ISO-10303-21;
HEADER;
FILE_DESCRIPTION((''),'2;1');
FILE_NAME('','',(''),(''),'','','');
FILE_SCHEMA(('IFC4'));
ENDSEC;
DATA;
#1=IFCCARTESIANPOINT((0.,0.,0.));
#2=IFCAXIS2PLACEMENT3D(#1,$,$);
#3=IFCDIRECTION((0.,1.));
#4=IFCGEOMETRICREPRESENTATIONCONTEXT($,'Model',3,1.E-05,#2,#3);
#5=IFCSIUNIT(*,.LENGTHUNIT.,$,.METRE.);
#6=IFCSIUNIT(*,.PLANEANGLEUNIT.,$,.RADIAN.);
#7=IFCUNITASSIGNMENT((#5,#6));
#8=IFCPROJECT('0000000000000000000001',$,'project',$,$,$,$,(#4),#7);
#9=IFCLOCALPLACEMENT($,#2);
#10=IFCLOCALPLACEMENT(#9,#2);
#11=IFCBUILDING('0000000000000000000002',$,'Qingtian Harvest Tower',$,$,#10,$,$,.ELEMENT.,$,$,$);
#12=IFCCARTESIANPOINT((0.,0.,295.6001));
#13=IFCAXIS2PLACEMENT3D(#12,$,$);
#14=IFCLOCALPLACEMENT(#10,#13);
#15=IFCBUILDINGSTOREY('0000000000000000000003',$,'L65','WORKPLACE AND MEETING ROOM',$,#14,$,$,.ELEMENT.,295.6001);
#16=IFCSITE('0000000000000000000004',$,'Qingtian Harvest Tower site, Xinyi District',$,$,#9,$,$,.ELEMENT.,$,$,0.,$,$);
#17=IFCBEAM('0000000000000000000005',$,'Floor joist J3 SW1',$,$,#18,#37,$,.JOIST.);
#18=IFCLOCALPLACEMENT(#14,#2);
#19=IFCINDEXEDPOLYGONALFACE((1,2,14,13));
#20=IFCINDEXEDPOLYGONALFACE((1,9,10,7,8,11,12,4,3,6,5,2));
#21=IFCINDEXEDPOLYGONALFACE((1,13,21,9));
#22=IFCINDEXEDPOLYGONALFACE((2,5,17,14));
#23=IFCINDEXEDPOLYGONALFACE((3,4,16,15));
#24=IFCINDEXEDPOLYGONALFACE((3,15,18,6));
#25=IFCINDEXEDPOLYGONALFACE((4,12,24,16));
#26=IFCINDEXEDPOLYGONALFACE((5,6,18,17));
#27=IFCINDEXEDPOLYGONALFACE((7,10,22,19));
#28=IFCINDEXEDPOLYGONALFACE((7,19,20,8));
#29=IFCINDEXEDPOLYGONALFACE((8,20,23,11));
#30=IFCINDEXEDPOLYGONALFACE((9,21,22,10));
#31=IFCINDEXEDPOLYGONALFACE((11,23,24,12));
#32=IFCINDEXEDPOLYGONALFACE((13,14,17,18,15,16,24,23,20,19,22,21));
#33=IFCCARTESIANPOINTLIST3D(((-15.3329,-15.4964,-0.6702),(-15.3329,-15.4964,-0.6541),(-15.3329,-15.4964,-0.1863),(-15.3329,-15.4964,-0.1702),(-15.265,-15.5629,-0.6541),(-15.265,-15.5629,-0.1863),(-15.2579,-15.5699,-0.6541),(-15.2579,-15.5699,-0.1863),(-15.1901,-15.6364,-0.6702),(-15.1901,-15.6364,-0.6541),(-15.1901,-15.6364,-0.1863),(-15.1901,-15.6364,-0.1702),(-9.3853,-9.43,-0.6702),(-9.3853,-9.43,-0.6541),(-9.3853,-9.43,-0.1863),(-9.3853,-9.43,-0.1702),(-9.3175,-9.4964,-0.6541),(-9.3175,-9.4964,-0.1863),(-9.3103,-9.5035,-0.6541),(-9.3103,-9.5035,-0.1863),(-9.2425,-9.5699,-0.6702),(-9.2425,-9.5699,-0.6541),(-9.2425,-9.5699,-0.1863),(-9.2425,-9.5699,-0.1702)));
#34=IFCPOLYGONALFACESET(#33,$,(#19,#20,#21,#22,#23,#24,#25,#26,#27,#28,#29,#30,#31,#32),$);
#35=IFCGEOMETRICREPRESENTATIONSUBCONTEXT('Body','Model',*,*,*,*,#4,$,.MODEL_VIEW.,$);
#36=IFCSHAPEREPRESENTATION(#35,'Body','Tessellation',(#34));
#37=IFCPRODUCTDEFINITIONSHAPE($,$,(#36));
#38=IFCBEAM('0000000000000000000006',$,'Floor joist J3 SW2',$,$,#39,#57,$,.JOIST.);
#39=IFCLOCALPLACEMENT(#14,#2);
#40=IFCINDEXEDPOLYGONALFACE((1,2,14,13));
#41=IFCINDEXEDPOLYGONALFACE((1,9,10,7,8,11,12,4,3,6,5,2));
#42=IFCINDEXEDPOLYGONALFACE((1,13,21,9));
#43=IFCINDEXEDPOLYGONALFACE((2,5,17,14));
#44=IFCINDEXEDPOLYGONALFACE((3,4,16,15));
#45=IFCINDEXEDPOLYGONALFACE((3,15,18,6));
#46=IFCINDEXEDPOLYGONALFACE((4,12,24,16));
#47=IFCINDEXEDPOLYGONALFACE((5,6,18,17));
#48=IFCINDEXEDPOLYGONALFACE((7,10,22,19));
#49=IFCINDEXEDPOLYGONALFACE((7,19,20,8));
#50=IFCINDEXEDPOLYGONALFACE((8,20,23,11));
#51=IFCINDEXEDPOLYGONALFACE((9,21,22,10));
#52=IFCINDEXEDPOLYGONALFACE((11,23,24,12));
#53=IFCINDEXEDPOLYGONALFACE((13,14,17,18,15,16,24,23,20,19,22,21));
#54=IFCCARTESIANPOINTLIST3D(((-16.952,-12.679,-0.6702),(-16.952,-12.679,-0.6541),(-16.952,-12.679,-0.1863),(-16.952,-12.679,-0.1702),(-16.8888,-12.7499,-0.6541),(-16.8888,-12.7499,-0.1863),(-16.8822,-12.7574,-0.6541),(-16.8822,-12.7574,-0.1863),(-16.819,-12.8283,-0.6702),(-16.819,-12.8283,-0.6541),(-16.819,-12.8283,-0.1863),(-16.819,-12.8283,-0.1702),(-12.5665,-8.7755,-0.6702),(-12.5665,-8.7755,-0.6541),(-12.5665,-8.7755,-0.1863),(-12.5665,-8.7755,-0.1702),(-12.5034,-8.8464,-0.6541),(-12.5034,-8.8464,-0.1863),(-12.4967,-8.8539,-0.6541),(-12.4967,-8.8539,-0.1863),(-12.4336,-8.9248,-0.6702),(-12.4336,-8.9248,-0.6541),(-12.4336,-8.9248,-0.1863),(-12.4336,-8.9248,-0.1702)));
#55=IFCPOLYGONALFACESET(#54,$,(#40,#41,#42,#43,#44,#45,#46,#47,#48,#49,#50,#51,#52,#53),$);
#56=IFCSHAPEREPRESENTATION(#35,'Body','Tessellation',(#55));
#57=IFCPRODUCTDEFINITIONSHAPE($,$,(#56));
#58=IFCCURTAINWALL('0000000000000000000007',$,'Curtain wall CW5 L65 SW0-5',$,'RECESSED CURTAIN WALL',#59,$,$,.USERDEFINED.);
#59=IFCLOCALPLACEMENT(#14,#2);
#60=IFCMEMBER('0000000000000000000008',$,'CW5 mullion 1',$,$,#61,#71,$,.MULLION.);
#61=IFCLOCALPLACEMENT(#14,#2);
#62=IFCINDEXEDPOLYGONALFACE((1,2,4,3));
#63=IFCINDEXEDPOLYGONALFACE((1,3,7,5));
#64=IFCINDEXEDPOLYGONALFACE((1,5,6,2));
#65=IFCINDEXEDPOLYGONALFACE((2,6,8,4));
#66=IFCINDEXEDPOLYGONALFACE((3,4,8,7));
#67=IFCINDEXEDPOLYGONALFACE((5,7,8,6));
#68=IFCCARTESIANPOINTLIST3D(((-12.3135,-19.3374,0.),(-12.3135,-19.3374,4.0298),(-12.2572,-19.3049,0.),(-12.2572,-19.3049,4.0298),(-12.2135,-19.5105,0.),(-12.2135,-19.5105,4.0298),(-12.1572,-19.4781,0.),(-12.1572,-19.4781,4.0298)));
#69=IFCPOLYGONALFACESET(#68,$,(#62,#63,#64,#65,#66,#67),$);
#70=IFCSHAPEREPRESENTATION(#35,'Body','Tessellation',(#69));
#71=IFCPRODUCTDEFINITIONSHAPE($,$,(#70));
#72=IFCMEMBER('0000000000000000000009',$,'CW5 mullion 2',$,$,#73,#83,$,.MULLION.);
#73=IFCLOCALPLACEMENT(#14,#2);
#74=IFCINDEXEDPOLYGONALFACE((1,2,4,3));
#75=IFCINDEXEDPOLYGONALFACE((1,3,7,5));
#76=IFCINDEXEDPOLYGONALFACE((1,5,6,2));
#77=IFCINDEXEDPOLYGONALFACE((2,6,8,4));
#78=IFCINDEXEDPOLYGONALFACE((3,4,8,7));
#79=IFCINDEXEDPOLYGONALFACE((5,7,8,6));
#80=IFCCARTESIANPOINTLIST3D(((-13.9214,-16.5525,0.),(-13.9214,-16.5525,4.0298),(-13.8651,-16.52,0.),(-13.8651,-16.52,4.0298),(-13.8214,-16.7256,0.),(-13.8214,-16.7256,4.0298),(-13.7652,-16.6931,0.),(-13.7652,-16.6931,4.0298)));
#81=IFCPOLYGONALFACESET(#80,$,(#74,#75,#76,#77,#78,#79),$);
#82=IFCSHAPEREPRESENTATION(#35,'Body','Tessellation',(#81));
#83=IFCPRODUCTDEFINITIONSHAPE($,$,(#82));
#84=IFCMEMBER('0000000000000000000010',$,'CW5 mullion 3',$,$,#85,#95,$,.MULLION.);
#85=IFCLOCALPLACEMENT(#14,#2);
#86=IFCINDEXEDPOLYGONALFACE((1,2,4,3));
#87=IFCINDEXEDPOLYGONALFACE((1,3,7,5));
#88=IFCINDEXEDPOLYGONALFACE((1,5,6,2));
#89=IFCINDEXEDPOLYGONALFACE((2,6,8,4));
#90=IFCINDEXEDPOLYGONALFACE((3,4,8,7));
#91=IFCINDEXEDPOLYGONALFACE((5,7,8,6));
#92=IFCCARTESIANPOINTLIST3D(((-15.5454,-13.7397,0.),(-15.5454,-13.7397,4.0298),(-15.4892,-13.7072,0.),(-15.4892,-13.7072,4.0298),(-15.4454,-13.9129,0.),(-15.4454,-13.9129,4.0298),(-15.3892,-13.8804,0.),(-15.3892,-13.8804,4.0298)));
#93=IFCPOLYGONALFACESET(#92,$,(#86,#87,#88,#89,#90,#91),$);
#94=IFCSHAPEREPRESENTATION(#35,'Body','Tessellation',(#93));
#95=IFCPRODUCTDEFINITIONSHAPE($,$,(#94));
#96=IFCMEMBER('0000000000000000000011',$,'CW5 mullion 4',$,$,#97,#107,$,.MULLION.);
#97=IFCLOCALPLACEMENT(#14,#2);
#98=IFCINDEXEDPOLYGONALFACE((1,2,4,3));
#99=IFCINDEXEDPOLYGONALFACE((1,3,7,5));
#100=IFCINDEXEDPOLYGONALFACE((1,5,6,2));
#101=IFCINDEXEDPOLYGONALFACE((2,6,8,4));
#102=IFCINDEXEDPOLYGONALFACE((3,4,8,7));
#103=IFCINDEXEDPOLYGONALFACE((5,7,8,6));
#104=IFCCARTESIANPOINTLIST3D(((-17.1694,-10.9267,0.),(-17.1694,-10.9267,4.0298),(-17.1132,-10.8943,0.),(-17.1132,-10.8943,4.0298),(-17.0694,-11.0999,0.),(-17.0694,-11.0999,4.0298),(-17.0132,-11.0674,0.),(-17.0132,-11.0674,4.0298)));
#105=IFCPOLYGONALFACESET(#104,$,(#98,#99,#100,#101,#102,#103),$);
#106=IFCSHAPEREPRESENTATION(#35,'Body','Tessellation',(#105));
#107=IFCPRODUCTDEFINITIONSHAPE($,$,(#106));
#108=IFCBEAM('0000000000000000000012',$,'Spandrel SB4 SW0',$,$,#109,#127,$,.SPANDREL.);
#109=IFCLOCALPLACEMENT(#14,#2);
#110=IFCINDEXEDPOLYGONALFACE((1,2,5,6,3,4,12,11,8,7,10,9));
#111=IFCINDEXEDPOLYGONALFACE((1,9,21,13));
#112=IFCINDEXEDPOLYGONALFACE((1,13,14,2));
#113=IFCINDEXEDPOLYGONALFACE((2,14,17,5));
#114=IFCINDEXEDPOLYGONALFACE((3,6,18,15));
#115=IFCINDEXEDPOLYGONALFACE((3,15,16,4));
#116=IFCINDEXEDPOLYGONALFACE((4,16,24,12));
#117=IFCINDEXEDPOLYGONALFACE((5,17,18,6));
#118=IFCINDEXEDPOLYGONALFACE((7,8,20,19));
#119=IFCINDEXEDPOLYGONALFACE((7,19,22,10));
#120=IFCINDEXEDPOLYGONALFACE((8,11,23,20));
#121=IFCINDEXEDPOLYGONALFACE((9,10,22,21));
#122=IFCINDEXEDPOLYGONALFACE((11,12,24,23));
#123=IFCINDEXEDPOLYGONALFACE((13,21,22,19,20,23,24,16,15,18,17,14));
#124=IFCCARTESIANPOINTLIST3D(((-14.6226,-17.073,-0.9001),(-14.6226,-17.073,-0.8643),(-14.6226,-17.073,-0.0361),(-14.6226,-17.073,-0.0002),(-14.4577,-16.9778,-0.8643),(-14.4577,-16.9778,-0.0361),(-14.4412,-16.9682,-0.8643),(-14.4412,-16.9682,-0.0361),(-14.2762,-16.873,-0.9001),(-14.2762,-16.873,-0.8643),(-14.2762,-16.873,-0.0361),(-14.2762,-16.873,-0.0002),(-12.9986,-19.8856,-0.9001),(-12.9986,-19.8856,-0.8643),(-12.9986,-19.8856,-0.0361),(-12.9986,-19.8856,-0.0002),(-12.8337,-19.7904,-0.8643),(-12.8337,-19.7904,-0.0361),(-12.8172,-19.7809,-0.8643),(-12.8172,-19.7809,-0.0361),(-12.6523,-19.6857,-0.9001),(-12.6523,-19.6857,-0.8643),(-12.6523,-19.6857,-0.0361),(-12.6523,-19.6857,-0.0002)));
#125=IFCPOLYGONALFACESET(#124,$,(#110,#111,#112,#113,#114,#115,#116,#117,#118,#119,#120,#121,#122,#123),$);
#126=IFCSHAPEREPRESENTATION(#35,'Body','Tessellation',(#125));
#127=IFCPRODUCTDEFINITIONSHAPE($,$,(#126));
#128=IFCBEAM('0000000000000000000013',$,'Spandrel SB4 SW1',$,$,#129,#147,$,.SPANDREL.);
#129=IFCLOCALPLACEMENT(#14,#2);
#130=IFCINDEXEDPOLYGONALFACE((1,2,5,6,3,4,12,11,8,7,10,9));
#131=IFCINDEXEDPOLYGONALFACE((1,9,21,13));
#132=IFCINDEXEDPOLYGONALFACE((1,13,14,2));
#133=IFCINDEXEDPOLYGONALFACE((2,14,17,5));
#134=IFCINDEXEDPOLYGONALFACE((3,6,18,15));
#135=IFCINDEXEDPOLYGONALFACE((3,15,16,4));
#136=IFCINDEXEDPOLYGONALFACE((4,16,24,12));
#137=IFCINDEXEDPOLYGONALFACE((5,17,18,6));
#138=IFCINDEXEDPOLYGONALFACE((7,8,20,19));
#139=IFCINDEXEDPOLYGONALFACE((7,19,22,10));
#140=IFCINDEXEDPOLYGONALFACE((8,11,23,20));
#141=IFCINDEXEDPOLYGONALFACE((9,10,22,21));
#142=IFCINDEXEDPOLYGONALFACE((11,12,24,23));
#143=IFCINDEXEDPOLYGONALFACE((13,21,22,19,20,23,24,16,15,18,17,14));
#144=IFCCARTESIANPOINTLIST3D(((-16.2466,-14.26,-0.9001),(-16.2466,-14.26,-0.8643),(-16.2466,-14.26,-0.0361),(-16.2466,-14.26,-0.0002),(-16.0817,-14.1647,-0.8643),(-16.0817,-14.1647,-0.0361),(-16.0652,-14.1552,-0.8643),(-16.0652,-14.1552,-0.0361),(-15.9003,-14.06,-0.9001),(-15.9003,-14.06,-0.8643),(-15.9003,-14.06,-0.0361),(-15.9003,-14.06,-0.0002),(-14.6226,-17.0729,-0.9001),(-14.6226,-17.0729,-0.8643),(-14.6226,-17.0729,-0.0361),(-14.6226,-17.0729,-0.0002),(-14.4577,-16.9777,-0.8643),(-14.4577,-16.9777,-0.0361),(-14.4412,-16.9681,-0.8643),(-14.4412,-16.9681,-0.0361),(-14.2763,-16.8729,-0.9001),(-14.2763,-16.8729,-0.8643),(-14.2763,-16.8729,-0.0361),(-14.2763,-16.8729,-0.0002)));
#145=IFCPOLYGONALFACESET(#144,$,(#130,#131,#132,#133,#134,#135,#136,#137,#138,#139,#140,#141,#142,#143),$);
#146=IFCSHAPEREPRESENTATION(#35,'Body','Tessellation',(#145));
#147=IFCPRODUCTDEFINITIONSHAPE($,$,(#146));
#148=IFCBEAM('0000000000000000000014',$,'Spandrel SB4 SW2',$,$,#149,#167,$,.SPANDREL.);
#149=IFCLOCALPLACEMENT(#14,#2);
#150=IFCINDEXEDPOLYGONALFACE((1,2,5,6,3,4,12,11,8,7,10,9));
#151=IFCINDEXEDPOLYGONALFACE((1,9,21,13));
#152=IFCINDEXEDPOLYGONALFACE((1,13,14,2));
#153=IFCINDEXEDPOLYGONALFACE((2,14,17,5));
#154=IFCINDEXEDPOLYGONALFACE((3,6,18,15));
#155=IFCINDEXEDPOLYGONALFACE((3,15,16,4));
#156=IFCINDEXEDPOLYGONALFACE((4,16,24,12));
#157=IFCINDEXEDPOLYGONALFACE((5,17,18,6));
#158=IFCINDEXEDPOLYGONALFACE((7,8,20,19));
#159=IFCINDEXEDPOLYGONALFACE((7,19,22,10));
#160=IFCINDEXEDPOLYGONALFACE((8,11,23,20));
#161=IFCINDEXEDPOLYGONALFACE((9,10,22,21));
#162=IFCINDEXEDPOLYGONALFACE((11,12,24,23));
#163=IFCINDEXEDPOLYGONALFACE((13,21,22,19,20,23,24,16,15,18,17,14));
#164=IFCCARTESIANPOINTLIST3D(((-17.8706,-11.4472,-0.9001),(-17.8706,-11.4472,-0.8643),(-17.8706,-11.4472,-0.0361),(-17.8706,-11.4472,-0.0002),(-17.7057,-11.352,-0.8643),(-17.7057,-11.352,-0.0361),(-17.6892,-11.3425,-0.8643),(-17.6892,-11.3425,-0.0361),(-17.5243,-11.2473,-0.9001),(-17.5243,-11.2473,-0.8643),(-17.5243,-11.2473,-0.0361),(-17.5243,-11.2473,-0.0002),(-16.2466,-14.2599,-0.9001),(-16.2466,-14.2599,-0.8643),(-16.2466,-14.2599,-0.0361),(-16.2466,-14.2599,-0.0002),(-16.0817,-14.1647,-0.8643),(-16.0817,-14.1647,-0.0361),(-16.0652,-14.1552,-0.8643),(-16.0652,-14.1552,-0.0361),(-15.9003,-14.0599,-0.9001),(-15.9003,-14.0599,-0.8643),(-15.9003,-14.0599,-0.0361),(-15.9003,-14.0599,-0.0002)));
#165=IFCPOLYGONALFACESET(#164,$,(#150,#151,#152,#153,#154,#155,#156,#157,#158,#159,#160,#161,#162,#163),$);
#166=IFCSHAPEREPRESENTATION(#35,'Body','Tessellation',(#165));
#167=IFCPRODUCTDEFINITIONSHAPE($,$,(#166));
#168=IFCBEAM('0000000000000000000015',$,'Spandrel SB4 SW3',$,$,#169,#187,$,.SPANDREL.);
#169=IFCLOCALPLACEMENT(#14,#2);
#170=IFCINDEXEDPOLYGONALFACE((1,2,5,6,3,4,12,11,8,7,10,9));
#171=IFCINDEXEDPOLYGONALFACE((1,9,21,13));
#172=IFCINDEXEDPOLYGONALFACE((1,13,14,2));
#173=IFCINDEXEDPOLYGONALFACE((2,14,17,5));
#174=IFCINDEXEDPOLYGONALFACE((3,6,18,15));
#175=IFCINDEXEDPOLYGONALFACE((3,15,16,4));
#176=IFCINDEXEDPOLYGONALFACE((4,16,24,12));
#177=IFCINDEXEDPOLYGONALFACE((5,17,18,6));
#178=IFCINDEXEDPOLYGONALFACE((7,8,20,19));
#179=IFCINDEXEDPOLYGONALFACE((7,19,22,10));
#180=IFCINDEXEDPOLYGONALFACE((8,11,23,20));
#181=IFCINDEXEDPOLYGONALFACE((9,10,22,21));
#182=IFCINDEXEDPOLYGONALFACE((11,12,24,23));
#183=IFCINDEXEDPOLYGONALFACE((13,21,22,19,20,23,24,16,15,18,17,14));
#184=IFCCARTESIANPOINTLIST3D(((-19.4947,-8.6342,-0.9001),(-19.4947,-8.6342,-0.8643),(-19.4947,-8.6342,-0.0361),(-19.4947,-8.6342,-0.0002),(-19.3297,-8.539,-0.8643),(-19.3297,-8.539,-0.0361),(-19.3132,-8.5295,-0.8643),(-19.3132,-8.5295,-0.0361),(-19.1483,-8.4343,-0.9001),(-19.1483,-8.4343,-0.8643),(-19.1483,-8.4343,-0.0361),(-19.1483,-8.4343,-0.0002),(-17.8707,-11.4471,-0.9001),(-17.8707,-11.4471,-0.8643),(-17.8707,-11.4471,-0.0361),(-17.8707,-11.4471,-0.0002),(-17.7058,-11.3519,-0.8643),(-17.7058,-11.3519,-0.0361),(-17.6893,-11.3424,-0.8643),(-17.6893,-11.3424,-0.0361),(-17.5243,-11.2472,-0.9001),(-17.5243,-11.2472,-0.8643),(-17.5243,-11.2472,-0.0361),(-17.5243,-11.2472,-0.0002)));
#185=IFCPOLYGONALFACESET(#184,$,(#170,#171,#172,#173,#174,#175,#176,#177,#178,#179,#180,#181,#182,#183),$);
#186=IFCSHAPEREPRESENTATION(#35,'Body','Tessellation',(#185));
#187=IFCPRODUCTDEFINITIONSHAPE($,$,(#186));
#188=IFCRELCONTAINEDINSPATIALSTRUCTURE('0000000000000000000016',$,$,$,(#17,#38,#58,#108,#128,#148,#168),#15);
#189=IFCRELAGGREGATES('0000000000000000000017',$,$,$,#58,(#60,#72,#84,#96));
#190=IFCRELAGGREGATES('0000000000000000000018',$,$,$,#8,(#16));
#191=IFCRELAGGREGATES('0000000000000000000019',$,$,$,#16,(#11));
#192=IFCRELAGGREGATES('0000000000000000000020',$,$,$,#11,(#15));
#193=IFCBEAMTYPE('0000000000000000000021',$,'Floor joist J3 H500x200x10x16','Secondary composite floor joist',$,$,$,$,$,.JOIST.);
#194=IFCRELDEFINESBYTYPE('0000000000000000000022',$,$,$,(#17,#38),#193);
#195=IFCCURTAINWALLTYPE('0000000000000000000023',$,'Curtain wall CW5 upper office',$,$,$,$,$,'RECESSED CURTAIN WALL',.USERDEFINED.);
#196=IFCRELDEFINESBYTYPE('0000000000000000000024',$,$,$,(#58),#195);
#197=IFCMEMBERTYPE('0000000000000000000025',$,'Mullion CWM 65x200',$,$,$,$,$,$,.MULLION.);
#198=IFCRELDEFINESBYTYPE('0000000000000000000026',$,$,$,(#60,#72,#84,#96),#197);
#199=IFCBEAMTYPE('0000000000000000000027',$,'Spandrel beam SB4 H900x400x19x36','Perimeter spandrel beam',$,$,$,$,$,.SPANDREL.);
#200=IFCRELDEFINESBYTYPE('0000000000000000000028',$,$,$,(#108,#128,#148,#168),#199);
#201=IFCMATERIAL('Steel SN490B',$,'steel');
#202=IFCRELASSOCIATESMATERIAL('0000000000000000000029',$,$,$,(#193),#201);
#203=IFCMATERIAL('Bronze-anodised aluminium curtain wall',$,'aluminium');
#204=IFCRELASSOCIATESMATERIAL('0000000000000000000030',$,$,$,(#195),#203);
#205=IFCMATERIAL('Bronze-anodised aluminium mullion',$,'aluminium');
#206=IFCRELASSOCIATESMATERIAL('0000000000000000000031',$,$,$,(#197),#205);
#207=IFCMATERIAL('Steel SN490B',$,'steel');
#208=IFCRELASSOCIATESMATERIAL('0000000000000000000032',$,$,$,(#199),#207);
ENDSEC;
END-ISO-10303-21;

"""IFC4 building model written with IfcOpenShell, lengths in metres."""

from ifc_helpers import new_model, si_unit, direction, frame, origin, origin_2d, place, context, subcontext, project, spatial, rectangle, i_section, extrude, material, material_profile, profile_set, type_object, element, aggregate, save


model = new_model("IFC4")

# Units and contexts
model_context = context("Model", 3, precision=1e-05, world=origin(), true_north=direction((0.0, 1.0)))
body_context = subcontext(model_context, "Body", "Model", "MODEL_VIEW")
ifc_project = project(units=[si_unit("LENGTHUNIT", "METRE"), si_unit("PLANEANGLEUNIT", "RADIAN")], contexts=[model_context])

# Site, building, storey
site_placement = place(None, origin())
site = spatial("IfcSite", under=ifc_project, at=site_placement, Name="Qingtian Harvest Tower site, Xinyi District", CompositionType="ELEMENT", RefElevation=0.0)
building_placement = place(site_placement, origin())
building = spatial("IfcBuilding", under=site, at=building_placement, Name="Qingtian Harvest Tower", CompositionType="ELEMENT")
storey_placement = place(building_placement, frame((0.0, 0.0, 295.6001)))
storey = spatial("IfcBuildingStorey", under=building, at=storey_placement, Name="L65", Description="WORKPLACE AND MEETING ROOM", CompositionType="ELEMENT", Elevation=295.6001)

# Beams
ifc_material_1 = material(Name="Steel SN490B", Category="steel")
ifc_material_profile_1 = material_profile(ifc_material_1, i_section(OverallWidth=0.2, OverallDepth=0.5, WebThickness=0.01, FlangeThickness=0.0161, at=origin_2d()), Name="H500x200x10x16")
ifc_profile_set_1 = profile_set([ifc_material_profile_1], Name="Steel SN490B")
beam_type_1 = type_object("IfcBeamType", Name="Floor joist J3 H500x200x10x16", Description="Secondary composite floor joist", PredefinedType="JOIST", material=ifc_profile_set_1)
beam_1_placement = place(storey_placement, frame((-15.2615, -15.5664, -0.4202), z_axis=(0.700075, 0.71407, 0.0), x_axis=(-0.71407, 0.700075, 0.0)))
element("IfcBeam", 1, at=beam_1_placement, inside=storey, type_object=beam_type_1, Name="Floor joist J3 SW1", PredefinedType="JOIST", context=body_context, shape_type="SweptSolid", body=[
    extrude(i_section(OverallWidth=0.2, OverallDepth=0.5, WebThickness=0.01, FlangeThickness=0.0161, at=origin_2d()), origin(), (0.0, 0.0, 1.0), 8.4956),
])
beam_2_placement = place(storey_placement, frame((-16.8855, -12.7537, -0.4202), z_axis=(0.746957, 0.664872, 0.0), x_axis=(-0.664872, 0.746957, 0.0)))
element("IfcBeam", 2, at=beam_2_placement, inside=storey, type_object=beam_type_1, Name="Floor joist J3 SW2", PredefinedType="JOIST", context=body_context, shape_type="SweptSolid", body=[
    extrude(i_section(OverallWidth=0.2, OverallDepth=0.5, WebThickness=0.01, FlangeThickness=0.0161, at=origin_2d()), origin(), (0.0, 0.0, 1.0), 5.8711),
])

# Curtain wall, members
ifc_material_2 = material(Name="Bronze-anodised aluminium curtain wall", Category="aluminium")
curtain_wall_type = type_object("IfcCurtainWallType", Name="Curtain wall CW5 upper office", ElementType="RECESSED CURTAIN WALL", PredefinedType="USERDEFINED", material=ifc_material_2)
curtain_wall_placement = place(storey_placement, origin())
curtain_wall = element("IfcCurtainWall", 3, at=curtain_wall_placement, inside=storey, type_object=curtain_wall_type, Name="Curtain wall CW5 L65 SW0-5", ObjectType="RECESSED CURTAIN WALL", PredefinedType="USERDEFINED")
ifc_material_3 = material(Name="Bronze-anodised aluminium mullion", Category="aluminium")
ifc_material_profile_2 = material_profile(ifc_material_3, rectangle(XDim=0.0649, YDim=0.2, at=origin_2d()), Name="AL 65x200")
ifc_profile_set_2 = profile_set([ifc_material_profile_2], Name="Bronze-anodised aluminium mullion")
member_type_1 = type_object("IfcMemberType", Name="Mullion CWM 65x200", PredefinedType="MULLION", material=ifc_profile_set_2)
member_1_placement = place(storey_placement, frame((-12.2354, -19.4077, 0.0), z_axis=(0.0, 0.0, 1.0), x_axis=(-0.866025, -0.5, 0.0)))
member_1 = element("IfcMember", 4, at=member_1_placement, type_object=member_type_1, Name="CW5 mullion 1", PredefinedType="MULLION", context=body_context, shape_type="SweptSolid", body=[
    extrude(rectangle(XDim=0.0649, YDim=0.2, at=origin_2d()), origin(), (0.0, 0.0, 1.0), 4.0298),
])
member_2_placement = place(storey_placement, frame((-13.8433, -16.6228, 0.0), z_axis=(0.0, 0.0, 1.0), x_axis=(-0.866025, -0.5, 0.0)))
member_2 = element("IfcMember", 5, at=member_2_placement, type_object=member_type_1, Name="CW5 mullion 2", PredefinedType="MULLION", context=body_context, shape_type="SweptSolid", body=[
    extrude(rectangle(XDim=0.0649, YDim=0.2, at=origin_2d()), origin(), (0.0, 0.0, 1.0), 4.0298),
])
member_3_placement = place(storey_placement, frame((-15.4673, -13.8101, 0.0), z_axis=(0.0, 0.0, 1.0), x_axis=(-0.866025, -0.5, 0.0)))
member_3 = element("IfcMember", 6, at=member_3_placement, type_object=member_type_1, Name="CW5 mullion 3", PredefinedType="MULLION", context=body_context, shape_type="SweptSolid", body=[
    extrude(rectangle(XDim=0.0649, YDim=0.2, at=origin_2d()), origin(), (0.0, 0.0, 1.0), 4.0298),
])
member_4_placement = place(storey_placement, frame((-17.0913, -10.9971, 0.0), z_axis=(0.0, 0.0, 1.0), x_axis=(-0.866025, -0.5, 0.0)))
member_4 = element("IfcMember", 7, at=member_4_placement, type_object=member_type_1, Name="CW5 mullion 4", PredefinedType="MULLION", context=body_context, shape_type="SweptSolid", body=[
    extrude(rectangle(XDim=0.0649, YDim=0.2, at=origin_2d()), origin(), (0.0, 0.0, 1.0), 4.0298),
])

# Beams
ifc_material_4 = material(Name="Steel SN490B", Category="steel")
ifc_material_profile_3 = material_profile(ifc_material_4, i_section(OverallWidth=0.3999, OverallDepth=0.8999, WebThickness=0.019, FlangeThickness=0.0359, at=origin_2d()), Name="H900x400x19x36")
ifc_profile_set_3 = profile_set([ifc_material_profile_3], Name="Steel SN490B")
beam_type_2 = type_object("IfcBeamType", Name="Spandrel beam SB4 H900x400x19x36", Description="Perimeter spandrel beam", PredefinedType="SPANDREL", material=ifc_profile_set_3)
beam_3_placement = place(storey_placement, frame((-12.8254, -19.7856, -0.4502), z_axis=(-0.50002, 0.866014, 0.0), x_axis=(-0.866014, -0.50002, 0.0)))
element("IfcBeam", 8, at=beam_3_placement, inside=storey, type_object=beam_type_2, Name="Spandrel SB4 SW0", PredefinedType="SPANDREL", context=body_context, shape_type="SweptSolid", body=[
    extrude(i_section(OverallWidth=0.3999, OverallDepth=0.8999, WebThickness=0.019, FlangeThickness=0.0359, at=origin_2d()), origin(), (0.0, 0.0, 1.0), 3.2478),
])
beam_4_placement = place(storey_placement, frame((-14.4495, -16.9729, -0.4502), z_axis=(-0.499987, 0.866033, 0.0), x_axis=(-0.866033, -0.499987, 0.0)))
element("IfcBeam", 9, at=beam_4_placement, inside=storey, type_object=beam_type_2, Name="Spandrel SB4 SW1", PredefinedType="SPANDREL", context=body_context, shape_type="SweptSolid", body=[
    extrude(i_section(OverallWidth=0.3999, OverallDepth=0.8999, WebThickness=0.019, FlangeThickness=0.0359, at=origin_2d()), origin(), (0.0, 0.0, 1.0), 3.248),
])
beam_5_placement = place(storey_placement, frame((-16.0735, -14.1599, -0.4502), z_axis=(-0.50002, 0.866014, 0.0), x_axis=(-0.866014, -0.50002, 0.0)))
element("IfcBeam", 10, at=beam_5_placement, inside=storey, type_object=beam_type_2, Name="Spandrel SB4 SW2", PredefinedType="SPANDREL", context=body_context, shape_type="SweptSolid", body=[
    extrude(i_section(OverallWidth=0.3999, OverallDepth=0.8999, WebThickness=0.019, FlangeThickness=0.0359, at=origin_2d()), origin(), (0.0, 0.0, 1.0), 3.2478),
])
beam_6_placement = place(storey_placement, frame((-17.6975, -11.3472, -0.4502), z_axis=(-0.499987, 0.866033, 0.0), x_axis=(-0.866033, -0.499987, 0.0)))
element("IfcBeam", 11, at=beam_6_placement, inside=storey, type_object=beam_type_2, Name="Spandrel SB4 SW3", PredefinedType="SPANDREL", context=body_context, shape_type="SweptSolid", body=[
    extrude(i_section(OverallWidth=0.3999, OverallDepth=0.8999, WebThickness=0.019, FlangeThickness=0.0359, at=origin_2d()), origin(), (0.0, 0.0, 1.0), 3.248),
])

aggregate(curtain_wall, [member_1, member_2, member_3, member_4])

save(model, "model.ifc")
